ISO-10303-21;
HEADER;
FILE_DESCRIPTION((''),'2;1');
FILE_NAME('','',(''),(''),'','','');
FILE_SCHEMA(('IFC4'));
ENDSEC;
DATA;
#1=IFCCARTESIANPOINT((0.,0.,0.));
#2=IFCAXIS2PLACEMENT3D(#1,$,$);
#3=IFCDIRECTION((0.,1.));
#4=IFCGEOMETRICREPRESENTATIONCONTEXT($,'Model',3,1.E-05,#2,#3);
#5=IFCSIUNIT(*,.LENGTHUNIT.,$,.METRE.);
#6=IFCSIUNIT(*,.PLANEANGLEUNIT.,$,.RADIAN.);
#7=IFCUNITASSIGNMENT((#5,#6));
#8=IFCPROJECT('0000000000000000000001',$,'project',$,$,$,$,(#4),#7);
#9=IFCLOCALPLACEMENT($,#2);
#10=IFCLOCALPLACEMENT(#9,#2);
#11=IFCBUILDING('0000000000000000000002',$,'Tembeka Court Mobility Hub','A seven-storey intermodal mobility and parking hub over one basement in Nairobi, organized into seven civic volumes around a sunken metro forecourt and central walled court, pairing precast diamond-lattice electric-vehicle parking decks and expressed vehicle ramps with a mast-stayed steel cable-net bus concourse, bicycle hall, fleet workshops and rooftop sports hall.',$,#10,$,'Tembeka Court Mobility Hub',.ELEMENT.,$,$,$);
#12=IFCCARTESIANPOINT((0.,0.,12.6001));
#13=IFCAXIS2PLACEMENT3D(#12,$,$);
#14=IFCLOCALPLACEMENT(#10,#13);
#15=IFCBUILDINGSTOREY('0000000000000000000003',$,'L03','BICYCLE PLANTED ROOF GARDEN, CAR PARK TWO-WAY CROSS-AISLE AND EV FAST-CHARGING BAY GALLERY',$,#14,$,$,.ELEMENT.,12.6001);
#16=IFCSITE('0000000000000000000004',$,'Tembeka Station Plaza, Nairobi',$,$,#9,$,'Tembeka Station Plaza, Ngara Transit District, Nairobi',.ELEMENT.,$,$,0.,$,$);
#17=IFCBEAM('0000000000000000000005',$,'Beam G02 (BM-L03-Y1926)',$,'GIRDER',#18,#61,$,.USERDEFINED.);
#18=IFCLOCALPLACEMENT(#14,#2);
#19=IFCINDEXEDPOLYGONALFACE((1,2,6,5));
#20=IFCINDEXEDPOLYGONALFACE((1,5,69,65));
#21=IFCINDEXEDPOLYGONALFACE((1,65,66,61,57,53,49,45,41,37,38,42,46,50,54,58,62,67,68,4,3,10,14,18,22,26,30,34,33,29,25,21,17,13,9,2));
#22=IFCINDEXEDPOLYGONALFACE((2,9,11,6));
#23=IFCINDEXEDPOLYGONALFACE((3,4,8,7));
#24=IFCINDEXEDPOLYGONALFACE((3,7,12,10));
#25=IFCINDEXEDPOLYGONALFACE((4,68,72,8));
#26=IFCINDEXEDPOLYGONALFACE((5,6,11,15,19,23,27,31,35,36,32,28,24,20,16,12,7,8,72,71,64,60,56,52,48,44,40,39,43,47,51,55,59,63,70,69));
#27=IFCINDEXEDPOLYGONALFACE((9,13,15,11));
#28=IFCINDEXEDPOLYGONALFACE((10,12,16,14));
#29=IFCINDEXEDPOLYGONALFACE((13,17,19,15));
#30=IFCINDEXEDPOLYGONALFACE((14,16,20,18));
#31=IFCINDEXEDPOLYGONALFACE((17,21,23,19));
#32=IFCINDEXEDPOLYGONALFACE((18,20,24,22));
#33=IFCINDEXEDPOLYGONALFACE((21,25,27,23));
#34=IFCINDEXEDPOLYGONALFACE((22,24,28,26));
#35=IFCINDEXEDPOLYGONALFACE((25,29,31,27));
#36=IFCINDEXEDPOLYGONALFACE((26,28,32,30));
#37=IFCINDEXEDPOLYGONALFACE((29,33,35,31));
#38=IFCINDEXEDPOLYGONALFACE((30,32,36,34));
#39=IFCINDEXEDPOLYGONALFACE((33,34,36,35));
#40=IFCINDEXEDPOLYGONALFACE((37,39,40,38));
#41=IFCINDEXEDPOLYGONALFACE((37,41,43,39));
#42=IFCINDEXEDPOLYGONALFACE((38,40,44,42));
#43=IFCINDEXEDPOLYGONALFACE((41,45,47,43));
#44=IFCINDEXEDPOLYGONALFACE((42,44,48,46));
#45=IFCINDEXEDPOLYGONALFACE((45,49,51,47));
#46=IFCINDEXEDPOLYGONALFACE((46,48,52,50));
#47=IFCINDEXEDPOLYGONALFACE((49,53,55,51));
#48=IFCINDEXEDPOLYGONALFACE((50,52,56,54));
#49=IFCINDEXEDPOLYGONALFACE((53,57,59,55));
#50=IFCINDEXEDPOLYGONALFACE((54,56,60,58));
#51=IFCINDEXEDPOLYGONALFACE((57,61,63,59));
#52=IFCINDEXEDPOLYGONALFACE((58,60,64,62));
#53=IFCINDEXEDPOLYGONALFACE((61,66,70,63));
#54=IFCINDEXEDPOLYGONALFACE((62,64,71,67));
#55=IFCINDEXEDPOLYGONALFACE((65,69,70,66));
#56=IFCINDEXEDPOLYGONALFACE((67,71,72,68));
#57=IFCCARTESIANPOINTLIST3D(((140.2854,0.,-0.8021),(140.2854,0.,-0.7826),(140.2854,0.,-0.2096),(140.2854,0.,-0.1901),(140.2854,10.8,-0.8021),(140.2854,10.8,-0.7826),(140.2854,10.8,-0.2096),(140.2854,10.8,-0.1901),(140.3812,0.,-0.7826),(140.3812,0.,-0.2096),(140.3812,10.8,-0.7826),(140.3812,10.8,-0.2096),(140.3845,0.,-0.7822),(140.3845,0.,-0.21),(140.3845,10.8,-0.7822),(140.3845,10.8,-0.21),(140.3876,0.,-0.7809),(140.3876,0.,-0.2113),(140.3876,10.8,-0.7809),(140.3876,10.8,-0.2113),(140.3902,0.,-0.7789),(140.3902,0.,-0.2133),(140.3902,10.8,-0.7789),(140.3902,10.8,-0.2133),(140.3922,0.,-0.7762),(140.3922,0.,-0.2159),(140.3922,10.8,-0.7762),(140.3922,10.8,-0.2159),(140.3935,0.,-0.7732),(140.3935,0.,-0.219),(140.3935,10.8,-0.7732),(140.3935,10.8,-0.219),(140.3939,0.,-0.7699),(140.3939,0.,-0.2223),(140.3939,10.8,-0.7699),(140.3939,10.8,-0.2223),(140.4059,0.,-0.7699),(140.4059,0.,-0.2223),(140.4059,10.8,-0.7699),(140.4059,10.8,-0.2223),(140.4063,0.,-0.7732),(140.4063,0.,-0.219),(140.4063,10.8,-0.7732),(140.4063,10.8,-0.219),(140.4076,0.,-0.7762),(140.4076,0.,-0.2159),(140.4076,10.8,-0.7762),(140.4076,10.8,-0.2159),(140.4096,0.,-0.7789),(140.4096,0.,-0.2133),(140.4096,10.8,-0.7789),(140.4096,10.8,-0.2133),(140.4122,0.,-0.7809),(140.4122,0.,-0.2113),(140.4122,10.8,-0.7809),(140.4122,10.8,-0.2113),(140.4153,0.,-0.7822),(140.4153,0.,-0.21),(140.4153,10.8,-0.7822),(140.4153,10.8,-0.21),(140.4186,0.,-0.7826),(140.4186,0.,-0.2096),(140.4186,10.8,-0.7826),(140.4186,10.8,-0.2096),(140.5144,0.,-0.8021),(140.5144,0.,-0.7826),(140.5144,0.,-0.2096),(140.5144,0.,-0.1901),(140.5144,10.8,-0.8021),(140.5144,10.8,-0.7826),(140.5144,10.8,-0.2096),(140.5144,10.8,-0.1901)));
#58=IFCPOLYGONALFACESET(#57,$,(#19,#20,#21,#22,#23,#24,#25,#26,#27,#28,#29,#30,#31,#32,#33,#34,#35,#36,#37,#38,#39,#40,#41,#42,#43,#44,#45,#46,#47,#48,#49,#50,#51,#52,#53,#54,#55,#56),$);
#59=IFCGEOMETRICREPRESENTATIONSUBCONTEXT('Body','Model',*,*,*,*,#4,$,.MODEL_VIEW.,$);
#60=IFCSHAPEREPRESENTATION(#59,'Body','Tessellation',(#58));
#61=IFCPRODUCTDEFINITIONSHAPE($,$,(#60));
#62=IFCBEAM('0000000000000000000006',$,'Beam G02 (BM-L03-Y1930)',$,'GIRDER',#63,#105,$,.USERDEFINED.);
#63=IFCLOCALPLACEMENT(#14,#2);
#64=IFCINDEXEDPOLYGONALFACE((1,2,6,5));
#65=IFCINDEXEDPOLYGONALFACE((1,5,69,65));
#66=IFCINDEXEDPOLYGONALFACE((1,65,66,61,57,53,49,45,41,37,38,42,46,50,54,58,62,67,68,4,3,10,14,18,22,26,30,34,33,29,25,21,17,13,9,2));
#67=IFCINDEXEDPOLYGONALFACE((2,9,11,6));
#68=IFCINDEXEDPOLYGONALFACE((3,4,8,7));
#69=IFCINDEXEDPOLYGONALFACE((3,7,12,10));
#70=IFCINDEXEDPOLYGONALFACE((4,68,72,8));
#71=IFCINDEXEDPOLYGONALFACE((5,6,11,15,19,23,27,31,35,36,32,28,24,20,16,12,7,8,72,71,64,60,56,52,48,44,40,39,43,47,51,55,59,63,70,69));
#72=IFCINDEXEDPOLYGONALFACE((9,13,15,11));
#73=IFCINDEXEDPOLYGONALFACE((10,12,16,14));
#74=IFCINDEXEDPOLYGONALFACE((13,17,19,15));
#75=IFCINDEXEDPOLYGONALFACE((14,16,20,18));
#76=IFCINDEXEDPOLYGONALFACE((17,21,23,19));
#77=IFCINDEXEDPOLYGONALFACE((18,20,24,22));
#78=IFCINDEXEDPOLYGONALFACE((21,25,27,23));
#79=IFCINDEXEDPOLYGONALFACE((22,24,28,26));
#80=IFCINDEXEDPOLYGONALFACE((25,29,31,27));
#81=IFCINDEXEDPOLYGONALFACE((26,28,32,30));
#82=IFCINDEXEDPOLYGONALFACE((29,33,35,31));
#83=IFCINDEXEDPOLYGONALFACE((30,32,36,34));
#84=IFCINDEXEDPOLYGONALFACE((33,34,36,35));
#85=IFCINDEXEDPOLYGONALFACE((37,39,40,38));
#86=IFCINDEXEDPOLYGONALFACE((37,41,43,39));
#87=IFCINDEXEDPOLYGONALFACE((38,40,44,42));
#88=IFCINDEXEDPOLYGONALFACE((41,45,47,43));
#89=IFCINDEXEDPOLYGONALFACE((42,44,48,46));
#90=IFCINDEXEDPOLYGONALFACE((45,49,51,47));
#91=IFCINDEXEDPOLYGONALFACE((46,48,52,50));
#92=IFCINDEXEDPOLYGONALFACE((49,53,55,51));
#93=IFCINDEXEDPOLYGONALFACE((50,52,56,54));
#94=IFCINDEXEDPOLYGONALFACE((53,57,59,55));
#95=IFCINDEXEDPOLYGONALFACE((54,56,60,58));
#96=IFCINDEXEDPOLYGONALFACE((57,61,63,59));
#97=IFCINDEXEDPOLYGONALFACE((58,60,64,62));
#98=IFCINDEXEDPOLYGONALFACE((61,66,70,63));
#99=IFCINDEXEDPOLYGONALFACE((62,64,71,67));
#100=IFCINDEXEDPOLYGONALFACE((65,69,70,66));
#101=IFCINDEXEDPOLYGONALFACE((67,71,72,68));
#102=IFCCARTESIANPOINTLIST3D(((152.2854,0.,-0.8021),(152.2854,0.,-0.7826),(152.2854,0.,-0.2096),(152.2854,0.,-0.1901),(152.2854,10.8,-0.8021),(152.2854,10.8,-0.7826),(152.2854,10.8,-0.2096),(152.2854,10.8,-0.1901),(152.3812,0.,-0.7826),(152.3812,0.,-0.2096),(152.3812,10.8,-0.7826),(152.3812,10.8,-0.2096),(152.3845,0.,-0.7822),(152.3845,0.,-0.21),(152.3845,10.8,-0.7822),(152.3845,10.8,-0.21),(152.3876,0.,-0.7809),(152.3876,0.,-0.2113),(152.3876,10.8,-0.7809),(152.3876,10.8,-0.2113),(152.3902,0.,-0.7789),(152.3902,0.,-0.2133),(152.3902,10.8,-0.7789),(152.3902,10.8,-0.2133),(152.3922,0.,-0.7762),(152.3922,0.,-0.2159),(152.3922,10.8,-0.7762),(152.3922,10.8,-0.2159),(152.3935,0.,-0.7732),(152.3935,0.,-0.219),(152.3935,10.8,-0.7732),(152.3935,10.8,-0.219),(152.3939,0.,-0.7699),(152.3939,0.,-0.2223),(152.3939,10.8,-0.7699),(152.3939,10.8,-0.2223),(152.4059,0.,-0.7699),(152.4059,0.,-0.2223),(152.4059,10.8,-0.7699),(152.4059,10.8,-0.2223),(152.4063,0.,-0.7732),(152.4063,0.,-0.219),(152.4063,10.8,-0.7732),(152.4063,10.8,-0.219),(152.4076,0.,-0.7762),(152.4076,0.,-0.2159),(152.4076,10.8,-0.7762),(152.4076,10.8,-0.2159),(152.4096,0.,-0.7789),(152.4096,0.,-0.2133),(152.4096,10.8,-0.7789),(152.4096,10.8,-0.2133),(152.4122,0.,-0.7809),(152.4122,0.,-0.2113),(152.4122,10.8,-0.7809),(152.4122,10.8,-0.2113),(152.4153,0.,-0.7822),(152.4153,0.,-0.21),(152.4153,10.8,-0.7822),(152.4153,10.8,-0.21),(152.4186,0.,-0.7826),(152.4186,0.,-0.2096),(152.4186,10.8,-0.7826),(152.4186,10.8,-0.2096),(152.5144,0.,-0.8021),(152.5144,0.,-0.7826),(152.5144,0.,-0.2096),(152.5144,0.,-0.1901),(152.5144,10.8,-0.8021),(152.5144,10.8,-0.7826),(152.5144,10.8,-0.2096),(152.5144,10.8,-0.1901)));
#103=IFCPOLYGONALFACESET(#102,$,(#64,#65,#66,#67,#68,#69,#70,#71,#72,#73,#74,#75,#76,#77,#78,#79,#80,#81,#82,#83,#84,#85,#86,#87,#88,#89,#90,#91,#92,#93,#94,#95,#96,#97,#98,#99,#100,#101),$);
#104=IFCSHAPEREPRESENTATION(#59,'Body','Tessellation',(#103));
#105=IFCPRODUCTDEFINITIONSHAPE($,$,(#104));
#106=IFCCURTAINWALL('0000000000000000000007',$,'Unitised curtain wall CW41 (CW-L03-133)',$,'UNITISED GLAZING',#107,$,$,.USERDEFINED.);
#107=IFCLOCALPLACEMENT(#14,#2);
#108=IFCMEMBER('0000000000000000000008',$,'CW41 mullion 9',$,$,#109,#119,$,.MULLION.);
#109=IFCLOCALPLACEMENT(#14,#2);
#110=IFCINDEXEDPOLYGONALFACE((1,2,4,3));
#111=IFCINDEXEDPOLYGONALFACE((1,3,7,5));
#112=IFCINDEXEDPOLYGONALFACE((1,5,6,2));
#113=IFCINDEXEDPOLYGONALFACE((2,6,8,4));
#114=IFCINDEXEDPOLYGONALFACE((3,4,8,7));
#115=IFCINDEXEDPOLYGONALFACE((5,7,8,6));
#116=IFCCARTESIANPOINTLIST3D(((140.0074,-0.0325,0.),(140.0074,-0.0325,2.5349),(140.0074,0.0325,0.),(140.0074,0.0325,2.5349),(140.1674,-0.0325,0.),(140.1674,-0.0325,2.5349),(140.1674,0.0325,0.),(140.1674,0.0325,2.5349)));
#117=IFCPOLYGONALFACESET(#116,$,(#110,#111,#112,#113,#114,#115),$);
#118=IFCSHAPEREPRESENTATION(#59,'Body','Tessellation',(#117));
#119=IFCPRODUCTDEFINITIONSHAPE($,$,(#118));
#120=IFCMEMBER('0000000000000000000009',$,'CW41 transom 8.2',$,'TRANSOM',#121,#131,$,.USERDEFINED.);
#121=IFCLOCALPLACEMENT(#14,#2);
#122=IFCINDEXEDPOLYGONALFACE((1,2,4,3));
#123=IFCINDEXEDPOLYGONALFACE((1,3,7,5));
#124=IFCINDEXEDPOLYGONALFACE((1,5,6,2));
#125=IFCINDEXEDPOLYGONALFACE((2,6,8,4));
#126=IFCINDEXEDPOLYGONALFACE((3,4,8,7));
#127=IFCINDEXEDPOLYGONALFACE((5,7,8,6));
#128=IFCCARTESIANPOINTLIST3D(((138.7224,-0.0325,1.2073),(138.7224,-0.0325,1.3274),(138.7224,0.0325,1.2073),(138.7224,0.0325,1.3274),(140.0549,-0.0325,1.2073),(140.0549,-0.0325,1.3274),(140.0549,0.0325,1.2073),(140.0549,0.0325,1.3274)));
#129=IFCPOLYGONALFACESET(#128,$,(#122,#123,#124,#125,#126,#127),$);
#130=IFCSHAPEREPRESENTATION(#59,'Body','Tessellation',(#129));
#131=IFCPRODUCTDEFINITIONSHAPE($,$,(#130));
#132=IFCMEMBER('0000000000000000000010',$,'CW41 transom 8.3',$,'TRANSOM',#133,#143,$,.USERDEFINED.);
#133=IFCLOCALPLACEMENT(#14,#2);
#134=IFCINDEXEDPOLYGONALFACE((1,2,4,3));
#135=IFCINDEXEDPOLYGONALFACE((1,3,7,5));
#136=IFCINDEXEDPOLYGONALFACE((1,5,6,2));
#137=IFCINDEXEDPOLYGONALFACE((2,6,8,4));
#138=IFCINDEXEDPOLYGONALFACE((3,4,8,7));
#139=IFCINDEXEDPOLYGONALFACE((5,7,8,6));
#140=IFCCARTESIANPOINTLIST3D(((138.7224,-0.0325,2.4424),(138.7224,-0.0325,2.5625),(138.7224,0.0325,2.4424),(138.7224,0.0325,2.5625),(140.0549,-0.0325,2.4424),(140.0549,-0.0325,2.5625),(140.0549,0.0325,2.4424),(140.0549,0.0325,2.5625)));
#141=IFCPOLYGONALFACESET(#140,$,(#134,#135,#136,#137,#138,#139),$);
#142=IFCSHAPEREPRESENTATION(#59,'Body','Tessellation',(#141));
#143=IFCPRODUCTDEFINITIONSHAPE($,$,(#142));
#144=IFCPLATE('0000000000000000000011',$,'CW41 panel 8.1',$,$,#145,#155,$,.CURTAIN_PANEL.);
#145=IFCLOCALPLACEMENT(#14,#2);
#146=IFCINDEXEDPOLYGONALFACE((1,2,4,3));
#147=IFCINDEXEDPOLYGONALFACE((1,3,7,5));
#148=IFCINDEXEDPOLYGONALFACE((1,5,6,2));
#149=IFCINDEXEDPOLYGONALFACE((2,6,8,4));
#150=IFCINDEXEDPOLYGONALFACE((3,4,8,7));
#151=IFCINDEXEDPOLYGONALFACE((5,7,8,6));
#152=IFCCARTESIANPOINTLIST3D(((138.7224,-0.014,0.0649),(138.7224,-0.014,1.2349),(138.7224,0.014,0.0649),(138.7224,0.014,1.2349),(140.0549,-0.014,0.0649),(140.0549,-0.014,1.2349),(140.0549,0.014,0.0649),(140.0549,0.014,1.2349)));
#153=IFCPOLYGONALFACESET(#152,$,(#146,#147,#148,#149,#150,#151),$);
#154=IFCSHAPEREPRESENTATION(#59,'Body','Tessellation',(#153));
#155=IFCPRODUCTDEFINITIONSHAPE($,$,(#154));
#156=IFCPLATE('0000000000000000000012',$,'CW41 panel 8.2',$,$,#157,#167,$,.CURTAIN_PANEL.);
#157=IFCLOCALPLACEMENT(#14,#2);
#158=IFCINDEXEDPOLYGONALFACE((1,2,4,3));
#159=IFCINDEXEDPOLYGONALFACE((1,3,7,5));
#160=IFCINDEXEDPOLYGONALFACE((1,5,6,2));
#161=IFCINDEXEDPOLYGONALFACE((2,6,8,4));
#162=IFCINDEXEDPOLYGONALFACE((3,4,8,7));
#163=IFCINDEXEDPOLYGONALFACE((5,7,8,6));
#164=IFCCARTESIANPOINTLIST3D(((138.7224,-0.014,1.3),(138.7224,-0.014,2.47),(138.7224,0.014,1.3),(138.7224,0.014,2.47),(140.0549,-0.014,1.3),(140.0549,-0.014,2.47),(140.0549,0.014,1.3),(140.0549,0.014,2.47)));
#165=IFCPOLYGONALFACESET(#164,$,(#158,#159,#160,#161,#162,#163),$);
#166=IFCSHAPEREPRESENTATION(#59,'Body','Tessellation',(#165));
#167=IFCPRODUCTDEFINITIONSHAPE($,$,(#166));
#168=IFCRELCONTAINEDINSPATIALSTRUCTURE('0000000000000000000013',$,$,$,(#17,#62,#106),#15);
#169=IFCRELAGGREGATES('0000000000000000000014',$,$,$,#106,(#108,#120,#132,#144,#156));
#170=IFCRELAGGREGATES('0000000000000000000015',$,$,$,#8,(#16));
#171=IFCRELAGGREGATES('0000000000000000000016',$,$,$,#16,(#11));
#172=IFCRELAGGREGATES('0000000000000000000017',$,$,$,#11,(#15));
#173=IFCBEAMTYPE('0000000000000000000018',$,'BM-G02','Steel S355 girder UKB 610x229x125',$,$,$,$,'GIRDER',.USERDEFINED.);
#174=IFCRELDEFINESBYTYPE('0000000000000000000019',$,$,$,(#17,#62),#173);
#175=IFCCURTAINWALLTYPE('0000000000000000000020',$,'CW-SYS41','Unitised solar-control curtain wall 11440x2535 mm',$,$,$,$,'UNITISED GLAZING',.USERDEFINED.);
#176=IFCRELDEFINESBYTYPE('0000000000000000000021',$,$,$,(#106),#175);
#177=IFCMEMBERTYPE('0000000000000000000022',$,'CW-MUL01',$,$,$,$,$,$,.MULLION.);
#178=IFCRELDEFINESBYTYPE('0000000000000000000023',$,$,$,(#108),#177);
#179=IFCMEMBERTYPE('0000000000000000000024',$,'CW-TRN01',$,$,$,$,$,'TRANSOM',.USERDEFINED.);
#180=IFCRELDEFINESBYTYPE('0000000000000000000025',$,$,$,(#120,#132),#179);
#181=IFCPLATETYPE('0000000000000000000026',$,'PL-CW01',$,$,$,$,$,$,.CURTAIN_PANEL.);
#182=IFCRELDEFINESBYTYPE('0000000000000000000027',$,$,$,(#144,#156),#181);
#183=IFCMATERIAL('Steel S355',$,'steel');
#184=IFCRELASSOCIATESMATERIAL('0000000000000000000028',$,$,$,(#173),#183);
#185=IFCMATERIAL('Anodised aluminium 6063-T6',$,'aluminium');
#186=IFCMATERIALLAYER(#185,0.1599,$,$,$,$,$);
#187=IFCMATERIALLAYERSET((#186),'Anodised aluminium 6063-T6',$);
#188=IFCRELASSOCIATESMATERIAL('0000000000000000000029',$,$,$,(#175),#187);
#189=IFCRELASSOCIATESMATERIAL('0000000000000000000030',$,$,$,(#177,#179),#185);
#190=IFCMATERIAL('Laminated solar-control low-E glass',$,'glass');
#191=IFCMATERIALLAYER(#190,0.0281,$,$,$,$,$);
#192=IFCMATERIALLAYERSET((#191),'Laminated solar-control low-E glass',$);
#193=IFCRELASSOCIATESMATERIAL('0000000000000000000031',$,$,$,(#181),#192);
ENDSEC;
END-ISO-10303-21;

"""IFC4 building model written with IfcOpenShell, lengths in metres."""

from ifc_helpers import new_model, si_unit, direction, frame, origin, origin_2d, place, context, subcontext, project, spatial, rectangle, i_section, extrude, material, layer, layer_set, material_profile, profile_set, type_object, element, aggregate, save


model = new_model("IFC4")

# Units and contexts
model_context = context("Model", 3, precision=1e-05, world=origin(), true_north=direction((0.0, 1.0)))
body_context = subcontext(model_context, "Body", "Model", "MODEL_VIEW")
ifc_project = project(units=[si_unit("LENGTHUNIT", "METRE"), si_unit("PLANEANGLEUNIT", "RADIAN")], contexts=[model_context])

# Site, building, storey
site_placement = place(None, origin())
site = spatial("IfcSite", under=ifc_project, at=site_placement, Name="Tembeka Station Plaza, Nairobi", LongName="Tembeka Station Plaza, Ngara Transit District, Nairobi", CompositionType="ELEMENT", RefElevation=0.0)
building_placement = place(site_placement, origin())
building = spatial("IfcBuilding", under=site, at=building_placement, Name="Tembeka Court Mobility Hub", Description="A seven-storey intermodal mobility and parking hub over one basement in Nairobi, organized into seven civic volumes around a sunken metro forecourt and central walled court, pairing precast diamond-lattice electric-vehicle parking decks and expressed vehicle ramps with a mast-stayed steel cable-net bus concourse, bicycle hall, fleet workshops and rooftop sports hall.", LongName="Tembeka Court Mobility Hub", CompositionType="ELEMENT")
storey_placement = place(building_placement, frame((0.0, 0.0, 12.6001)))
storey = spatial("IfcBuildingStorey", under=building, at=storey_placement, Name="L03", Description="BICYCLE PLANTED ROOF GARDEN, CAR PARK TWO-WAY CROSS-AISLE AND EV FAST-CHARGING BAY GALLERY", CompositionType="ELEMENT", Elevation=12.6001)

# Shared definitions
ifc_material_1 = material(Name="Steel S355", Category="steel")

# Beams
ifc_material_profile_1 = material_profile(ifc_material_1, i_section(OverallWidth=0.229, OverallDepth=0.6121, WebThickness=0.012, FlangeThickness=0.0195, FilletRadius=0.0127, at=origin_2d()), Name="UKB 610x229x125")
ifc_profile_set_1 = profile_set([ifc_material_profile_1], Name="Steel S355")
beam_type = type_object("IfcBeamType", Name="BM-G02", Description="Steel S355 girder UKB 610x229x125", ElementType="GIRDER", PredefinedType="USERDEFINED", material=ifc_profile_set_1)
for number, where, z_axis, x_axis, name in (
    (1, (140.3999, 0.0, -0.4961), (0.0, 1.0, 0.0), (-1.0, 0.0, 0.0), "Beam G02 (BM-L03-Y1926)"),
    (2, (152.3999, 0.0, -0.4961), (0.0, 1.0, 0.0), (-1.0, 0.0, 0.0), "Beam G02 (BM-L03-Y1930)"),
):
    element("IfcBeam", number, at=place(storey_placement, frame(where, z_axis=z_axis, x_axis=x_axis)), inside=storey, type_object=beam_type, Name=name, ObjectType="GIRDER", PredefinedType="USERDEFINED", context=body_context, shape_type="SweptSolid", body=[
        extrude(i_section(OverallWidth=0.229, OverallDepth=0.6121, WebThickness=0.012, FlangeThickness=0.0195, FilletRadius=0.0127, at=origin_2d()), origin(), (0.0, 0.0, 1.0), 10.8),
    ])

# Curtain wall, members, plates
ifc_material_2 = material(Name="Anodised aluminium 6063-T6", Category="aluminium")
ifc_layer_1 = layer(ifc_material_2, 0.1599)
ifc_layer_set_1 = layer_set([ifc_layer_1], Name="Anodised aluminium 6063-T6")
curtain_wall_type = type_object("IfcCurtainWallType", Name="CW-SYS41", Description="Unitised solar-control curtain wall 11440x2535 mm", ElementType="UNITISED GLAZING", PredefinedType="USERDEFINED", material=ifc_layer_set_1)
curtain_wall_placement = place(storey_placement, origin())
curtain_wall = element("IfcCurtainWall", 3, at=curtain_wall_placement, inside=storey, type_object=curtain_wall_type, Name="Unitised curtain wall CW41 (CW-L03-133)", ObjectType="UNITISED GLAZING", PredefinedType="USERDEFINED")
ifc_material_profile_2 = material_profile(ifc_material_2, rectangle(XDim=0.0649, YDim=0.1599, at=origin_2d()), Name="ALU-MUL 65x160")
ifc_profile_set_2 = profile_set([ifc_material_profile_2], Name="Anodised aluminium 6063-T6")
member_type_1 = type_object("IfcMemberType", Name="CW-MUL01", PredefinedType="MULLION", material=ifc_profile_set_2)
member_1_placement = place(storey_placement, frame((140.0874, 0.0, 0.0), z_axis=(0.0, 0.0, 1.0), x_axis=(0.0, 1.0, 0.0)))
member_1 = element("IfcMember", 4, at=member_1_placement, type_object=member_type_1, Name="CW41 mullion 9", PredefinedType="MULLION", context=body_context, shape_type="SweptSolid", body=[
    extrude(rectangle(XDim=0.0649, YDim=0.1599, at=origin_2d()), origin(), (0.0, 0.0, 1.0), 2.5349),
])
ifc_material_profile_3 = material_profile(ifc_material_2, rectangle(XDim=0.0649, YDim=0.1201, at=origin_2d()), Name="ALU-TRN 65x120")
ifc_profile_set_3 = profile_set([ifc_material_profile_3], Name="Anodised aluminium 6063-T6")
member_type_2 = type_object("IfcMemberType", Name="CW-TRN01", ElementType="TRANSOM", PredefinedType="USERDEFINED", material=ifc_profile_set_3)
member_2_placement = place(storey_placement, frame((138.7224, 0.0, 1.2673), z_axis=(1.0, 0.0, 0.0), x_axis=(0.0, 1.0, 0.0)))
member_2 = element("IfcMember", 5, at=member_2_placement, type_object=member_type_2, Name="CW41 transom 8.2", ObjectType="TRANSOM", PredefinedType="USERDEFINED", context=body_context, shape_type="SweptSolid", body=[
    extrude(rectangle(XDim=0.0649, YDim=0.1201, at=origin_2d()), origin(), (0.0, 0.0, 1.0), 1.3325),
])
member_3_placement = place(storey_placement, frame((138.7224, 0.0, 2.5024), z_axis=(1.0, 0.0, 0.0), x_axis=(0.0, 1.0, 0.0)))
member_3 = element("IfcMember", 6, at=member_3_placement, type_object=member_type_2, Name="CW41 transom 8.3", ObjectType="TRANSOM", PredefinedType="USERDEFINED", context=body_context, shape_type="SweptSolid", body=[
    extrude(rectangle(XDim=0.0649, YDim=0.1201, at=origin_2d()), origin(), (0.0, 0.0, 1.0), 1.3325),
])
ifc_material_3 = material(Name="Laminated solar-control low-E glass", Category="glass")
ifc_layer_2 = layer(ifc_material_3, 0.0281)
ifc_layer_set_2 = layer_set([ifc_layer_2], Name="Laminated solar-control low-E glass")
plate_type = type_object("IfcPlateType", Name="PL-CW01", PredefinedType="CURTAIN_PANEL", material=ifc_layer_set_2)
plate_1_placement = place(storey_placement, frame((139.3887, 0.0, 0.0649), z_axis=(0.0, 0.0, 1.0), x_axis=(1.0, 0.0, 0.0)))
plate_1 = element("IfcPlate", 7, at=plate_1_placement, type_object=plate_type, Name="CW41 panel 8.1", PredefinedType="CURTAIN_PANEL", context=body_context, shape_type="SweptSolid", body=[
    extrude(rectangle(XDim=1.3325, YDim=0.0281, at=origin_2d()), origin(), (0.0, 0.0, 1.0), 1.1699),
])
plate_2_placement = place(storey_placement, frame((139.3887, 0.0, 1.3), z_axis=(0.0, 0.0, 1.0), x_axis=(1.0, 0.0, 0.0)))
plate_2 = element("IfcPlate", 8, at=plate_2_placement, type_object=plate_type, Name="CW41 panel 8.2", PredefinedType="CURTAIN_PANEL", context=body_context, shape_type="SweptSolid", body=[
    extrude(rectangle(XDim=1.3325, YDim=0.0281, at=origin_2d()), origin(), (0.0, 0.0, 1.0), 1.1699),
])
aggregate(curtain_wall, [member_1, member_2, member_3, plate_1, plate_2])

save(model, "model.ifc")
